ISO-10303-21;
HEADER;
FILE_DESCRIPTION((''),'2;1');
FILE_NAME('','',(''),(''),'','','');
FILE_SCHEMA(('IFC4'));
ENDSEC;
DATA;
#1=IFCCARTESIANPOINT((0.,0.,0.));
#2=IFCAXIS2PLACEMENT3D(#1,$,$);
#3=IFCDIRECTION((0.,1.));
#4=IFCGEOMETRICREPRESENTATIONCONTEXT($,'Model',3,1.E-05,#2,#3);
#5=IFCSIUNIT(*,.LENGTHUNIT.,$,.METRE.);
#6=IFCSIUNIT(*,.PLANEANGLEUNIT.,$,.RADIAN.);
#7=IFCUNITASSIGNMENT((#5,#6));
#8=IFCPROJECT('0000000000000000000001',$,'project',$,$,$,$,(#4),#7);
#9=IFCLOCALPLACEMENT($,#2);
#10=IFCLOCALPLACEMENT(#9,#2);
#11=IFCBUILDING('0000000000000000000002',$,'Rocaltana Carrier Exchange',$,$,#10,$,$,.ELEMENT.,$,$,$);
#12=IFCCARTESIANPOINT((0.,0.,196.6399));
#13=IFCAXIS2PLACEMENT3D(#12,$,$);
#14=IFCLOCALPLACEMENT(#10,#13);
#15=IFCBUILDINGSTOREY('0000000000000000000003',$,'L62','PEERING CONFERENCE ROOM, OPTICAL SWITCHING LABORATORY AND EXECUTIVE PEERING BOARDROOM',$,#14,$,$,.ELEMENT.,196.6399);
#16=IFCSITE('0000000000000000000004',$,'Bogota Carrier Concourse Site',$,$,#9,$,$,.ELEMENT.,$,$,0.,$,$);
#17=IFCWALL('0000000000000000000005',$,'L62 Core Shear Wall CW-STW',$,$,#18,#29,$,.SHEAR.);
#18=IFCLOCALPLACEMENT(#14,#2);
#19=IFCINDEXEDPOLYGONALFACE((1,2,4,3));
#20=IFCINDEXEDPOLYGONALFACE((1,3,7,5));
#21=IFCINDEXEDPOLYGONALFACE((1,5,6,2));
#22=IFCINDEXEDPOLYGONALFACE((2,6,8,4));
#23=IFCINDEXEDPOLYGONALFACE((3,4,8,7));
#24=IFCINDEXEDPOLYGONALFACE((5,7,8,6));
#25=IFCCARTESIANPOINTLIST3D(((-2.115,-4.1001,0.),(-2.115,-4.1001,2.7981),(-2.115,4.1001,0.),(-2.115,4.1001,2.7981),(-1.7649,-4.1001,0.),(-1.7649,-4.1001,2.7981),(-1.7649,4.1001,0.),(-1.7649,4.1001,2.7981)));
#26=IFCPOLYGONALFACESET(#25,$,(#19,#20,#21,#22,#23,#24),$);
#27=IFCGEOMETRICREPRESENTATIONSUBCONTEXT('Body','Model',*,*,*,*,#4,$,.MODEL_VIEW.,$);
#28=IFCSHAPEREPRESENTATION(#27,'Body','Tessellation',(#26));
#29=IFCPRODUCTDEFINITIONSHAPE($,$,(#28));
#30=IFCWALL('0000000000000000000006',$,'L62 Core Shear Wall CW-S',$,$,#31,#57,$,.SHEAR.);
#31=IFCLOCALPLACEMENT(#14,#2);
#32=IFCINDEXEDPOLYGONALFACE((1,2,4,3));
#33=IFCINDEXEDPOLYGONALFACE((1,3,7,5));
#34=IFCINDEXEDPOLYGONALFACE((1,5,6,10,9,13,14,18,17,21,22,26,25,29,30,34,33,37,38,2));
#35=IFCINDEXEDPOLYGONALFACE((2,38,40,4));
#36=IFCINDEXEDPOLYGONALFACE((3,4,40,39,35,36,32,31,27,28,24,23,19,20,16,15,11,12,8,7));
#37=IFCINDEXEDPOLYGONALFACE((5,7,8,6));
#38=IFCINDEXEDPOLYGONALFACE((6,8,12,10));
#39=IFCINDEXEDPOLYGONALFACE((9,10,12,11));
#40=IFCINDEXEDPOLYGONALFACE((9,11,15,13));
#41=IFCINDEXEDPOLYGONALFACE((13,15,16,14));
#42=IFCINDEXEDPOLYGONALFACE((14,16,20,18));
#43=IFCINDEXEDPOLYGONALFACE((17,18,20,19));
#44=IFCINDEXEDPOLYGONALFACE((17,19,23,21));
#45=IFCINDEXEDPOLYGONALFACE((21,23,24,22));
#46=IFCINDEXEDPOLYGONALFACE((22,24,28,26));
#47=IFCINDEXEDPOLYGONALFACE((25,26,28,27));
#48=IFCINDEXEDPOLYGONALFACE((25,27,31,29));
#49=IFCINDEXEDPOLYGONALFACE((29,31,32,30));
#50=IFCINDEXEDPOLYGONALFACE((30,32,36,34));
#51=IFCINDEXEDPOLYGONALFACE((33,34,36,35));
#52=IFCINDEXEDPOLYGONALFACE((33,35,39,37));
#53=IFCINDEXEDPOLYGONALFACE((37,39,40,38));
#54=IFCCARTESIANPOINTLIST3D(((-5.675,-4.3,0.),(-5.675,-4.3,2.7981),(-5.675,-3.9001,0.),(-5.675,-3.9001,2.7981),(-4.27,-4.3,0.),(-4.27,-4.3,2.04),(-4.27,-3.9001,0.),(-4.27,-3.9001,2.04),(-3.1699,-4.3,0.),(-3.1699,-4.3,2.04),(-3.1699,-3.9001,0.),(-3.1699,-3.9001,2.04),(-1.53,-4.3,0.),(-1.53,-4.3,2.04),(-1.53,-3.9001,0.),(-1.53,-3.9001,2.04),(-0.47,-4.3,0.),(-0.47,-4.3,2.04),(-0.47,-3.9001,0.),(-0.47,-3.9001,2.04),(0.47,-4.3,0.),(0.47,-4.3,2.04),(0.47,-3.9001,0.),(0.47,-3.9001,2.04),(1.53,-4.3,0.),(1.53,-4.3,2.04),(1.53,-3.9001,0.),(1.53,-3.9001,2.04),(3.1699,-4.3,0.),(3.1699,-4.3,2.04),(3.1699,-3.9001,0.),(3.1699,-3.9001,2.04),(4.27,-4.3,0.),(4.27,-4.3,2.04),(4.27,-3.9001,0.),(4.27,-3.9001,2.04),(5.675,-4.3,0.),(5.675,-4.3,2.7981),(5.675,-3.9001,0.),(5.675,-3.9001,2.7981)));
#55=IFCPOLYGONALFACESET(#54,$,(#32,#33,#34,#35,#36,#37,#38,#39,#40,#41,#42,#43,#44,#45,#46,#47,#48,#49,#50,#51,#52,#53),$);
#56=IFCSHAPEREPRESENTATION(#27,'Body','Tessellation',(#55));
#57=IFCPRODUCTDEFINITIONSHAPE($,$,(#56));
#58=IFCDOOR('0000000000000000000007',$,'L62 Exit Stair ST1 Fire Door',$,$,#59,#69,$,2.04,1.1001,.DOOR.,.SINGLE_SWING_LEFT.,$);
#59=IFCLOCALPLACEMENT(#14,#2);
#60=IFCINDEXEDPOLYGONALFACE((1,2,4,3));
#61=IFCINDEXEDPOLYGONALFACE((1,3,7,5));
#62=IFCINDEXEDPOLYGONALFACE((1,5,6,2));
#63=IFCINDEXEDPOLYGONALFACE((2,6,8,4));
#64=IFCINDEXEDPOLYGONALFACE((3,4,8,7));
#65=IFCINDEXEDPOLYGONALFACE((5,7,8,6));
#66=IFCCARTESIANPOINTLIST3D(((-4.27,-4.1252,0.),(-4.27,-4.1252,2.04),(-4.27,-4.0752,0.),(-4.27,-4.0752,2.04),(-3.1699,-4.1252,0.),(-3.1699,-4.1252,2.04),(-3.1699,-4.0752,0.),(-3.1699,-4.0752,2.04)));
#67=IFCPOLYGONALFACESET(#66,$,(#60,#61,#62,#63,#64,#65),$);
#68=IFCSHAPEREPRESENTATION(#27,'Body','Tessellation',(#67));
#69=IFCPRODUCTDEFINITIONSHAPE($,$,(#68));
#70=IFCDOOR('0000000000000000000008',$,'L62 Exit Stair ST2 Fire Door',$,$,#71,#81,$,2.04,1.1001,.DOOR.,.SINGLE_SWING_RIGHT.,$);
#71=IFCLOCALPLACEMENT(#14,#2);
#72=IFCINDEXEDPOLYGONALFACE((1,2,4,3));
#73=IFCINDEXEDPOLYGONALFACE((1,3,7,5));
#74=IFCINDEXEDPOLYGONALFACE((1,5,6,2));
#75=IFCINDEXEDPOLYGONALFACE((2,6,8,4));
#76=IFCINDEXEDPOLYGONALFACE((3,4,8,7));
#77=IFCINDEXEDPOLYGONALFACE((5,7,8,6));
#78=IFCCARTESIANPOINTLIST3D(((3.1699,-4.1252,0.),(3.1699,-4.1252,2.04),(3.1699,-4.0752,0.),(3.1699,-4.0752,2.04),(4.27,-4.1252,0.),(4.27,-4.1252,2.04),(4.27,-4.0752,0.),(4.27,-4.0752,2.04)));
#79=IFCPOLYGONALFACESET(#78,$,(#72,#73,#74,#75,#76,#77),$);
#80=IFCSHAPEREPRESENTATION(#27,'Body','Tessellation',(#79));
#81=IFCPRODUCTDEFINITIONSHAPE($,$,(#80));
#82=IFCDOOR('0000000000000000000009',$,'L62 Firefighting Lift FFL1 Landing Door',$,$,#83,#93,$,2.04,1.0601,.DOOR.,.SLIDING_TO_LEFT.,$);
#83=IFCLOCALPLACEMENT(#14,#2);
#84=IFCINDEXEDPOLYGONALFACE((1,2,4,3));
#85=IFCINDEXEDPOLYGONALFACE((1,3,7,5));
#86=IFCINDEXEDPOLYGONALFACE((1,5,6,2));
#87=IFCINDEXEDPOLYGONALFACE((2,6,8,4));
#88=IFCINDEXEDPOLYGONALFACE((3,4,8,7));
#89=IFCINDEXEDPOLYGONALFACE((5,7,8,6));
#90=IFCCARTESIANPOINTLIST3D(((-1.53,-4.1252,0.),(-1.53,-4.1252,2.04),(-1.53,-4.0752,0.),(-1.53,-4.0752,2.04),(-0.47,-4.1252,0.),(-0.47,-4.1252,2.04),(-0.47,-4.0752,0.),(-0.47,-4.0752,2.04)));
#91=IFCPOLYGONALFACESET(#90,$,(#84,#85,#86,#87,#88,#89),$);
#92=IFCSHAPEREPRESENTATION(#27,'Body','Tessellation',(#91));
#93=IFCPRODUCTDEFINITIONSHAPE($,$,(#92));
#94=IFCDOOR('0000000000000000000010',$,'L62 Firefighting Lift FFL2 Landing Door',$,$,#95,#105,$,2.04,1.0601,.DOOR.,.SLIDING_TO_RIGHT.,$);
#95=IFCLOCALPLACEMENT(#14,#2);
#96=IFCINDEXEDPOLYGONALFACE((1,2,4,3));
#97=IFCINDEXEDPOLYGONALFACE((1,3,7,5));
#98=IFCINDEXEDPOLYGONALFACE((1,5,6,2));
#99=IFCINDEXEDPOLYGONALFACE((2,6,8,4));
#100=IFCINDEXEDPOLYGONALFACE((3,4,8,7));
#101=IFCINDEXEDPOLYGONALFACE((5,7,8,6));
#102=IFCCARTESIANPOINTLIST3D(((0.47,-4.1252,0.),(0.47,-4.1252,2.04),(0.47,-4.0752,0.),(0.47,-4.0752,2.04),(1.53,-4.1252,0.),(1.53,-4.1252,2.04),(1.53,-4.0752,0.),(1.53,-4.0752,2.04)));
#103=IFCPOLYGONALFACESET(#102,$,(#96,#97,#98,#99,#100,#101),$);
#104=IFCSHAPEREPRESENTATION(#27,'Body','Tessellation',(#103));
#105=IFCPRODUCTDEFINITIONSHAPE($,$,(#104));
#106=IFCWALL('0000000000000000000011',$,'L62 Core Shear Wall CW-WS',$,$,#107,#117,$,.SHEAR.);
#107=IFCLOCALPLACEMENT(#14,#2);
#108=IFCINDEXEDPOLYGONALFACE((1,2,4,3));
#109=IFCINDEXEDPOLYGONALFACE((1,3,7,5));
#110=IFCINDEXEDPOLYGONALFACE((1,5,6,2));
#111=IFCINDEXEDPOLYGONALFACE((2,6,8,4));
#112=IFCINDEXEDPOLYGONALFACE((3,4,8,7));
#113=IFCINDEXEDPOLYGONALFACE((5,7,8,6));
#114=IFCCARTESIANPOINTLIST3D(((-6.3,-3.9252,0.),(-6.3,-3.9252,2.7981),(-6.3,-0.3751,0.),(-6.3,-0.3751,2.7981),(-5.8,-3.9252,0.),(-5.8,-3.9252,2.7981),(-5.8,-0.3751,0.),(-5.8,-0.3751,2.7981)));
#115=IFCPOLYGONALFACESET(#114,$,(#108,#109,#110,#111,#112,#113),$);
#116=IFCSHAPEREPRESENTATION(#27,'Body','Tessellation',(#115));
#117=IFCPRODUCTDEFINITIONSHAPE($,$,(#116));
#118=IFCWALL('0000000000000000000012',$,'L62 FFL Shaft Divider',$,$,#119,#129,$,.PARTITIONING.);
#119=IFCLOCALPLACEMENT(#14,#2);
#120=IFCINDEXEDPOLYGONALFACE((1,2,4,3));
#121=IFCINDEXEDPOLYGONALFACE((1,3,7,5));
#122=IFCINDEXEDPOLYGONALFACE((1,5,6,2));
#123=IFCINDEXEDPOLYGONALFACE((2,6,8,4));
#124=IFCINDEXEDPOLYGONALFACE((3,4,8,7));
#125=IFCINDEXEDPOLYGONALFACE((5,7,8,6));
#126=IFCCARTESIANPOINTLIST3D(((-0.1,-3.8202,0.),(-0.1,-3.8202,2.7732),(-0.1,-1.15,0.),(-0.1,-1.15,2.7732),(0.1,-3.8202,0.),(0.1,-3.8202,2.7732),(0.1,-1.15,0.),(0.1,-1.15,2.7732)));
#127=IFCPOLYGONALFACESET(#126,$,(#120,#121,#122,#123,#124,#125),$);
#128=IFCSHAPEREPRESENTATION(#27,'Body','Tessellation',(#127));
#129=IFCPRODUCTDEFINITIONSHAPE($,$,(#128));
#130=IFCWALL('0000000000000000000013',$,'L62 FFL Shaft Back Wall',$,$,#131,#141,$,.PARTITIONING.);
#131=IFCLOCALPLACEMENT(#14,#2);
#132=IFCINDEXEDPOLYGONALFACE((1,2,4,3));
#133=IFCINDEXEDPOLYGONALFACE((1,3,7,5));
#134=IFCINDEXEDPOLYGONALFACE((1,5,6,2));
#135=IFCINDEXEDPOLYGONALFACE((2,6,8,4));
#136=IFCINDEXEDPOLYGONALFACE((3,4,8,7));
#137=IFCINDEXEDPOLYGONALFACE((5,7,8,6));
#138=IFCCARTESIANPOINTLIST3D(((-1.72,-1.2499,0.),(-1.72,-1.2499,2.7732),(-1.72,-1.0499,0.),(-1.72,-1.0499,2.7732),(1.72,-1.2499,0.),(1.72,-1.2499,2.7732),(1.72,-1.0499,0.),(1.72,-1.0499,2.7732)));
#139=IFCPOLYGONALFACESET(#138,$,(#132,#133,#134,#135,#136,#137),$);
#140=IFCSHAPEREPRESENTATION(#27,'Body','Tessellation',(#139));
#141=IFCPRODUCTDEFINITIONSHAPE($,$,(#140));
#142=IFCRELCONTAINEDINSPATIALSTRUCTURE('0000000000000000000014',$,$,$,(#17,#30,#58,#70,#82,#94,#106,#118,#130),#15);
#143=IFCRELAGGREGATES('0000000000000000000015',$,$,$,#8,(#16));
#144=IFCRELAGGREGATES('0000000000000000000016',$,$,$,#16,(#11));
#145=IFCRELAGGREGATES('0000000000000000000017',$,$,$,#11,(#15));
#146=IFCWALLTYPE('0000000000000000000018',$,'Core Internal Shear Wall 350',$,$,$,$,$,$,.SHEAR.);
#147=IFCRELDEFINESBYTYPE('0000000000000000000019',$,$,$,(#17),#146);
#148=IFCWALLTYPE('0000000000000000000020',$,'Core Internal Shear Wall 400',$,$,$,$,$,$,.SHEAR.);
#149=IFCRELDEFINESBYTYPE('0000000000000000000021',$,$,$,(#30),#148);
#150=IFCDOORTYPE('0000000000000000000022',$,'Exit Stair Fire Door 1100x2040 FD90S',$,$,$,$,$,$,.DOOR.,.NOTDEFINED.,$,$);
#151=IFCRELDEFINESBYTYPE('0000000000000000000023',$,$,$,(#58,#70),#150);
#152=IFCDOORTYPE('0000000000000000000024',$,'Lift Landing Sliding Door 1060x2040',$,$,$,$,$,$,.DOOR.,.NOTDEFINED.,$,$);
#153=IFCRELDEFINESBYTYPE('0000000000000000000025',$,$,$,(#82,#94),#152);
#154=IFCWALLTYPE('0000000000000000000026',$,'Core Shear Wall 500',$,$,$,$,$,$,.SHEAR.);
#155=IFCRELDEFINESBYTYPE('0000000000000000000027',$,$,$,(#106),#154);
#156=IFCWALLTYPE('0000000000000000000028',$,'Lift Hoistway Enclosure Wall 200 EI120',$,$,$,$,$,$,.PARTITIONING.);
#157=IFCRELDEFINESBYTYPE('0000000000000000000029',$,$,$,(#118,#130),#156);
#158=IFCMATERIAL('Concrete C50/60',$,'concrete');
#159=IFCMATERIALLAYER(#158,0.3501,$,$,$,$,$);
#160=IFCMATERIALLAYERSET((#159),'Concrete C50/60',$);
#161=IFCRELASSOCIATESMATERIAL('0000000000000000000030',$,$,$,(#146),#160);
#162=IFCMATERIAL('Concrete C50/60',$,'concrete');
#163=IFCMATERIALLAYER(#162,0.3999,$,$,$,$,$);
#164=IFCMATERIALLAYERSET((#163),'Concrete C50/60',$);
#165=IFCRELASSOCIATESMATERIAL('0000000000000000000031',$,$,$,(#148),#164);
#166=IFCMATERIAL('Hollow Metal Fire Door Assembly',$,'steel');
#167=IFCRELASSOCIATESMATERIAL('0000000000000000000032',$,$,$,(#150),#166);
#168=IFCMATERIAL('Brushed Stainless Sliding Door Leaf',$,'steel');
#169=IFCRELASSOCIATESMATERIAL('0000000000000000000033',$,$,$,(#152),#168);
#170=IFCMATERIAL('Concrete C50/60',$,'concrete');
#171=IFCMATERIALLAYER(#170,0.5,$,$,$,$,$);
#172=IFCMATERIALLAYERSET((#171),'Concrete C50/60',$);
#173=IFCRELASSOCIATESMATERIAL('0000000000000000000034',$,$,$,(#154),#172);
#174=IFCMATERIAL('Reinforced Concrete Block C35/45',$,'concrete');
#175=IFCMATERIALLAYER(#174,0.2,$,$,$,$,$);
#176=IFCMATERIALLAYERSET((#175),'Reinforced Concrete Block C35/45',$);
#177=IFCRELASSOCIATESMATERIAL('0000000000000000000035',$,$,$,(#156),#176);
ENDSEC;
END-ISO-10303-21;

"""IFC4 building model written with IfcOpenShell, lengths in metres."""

from ifc_helpers import new_model, si_unit, direction, frame, frame_2d, origin, place, context, subcontext, project, spatial, rectangle, extrude, material, layer, layer_set, type_object, element, fill, save


model = new_model("IFC4")

# Units and contexts
model_context = context("Model", 3, precision=1e-05, world=origin(), true_north=direction((0.0, 1.0)))
body_context = subcontext(model_context, "Body", "Model", "MODEL_VIEW")
ifc_project = project(units=[si_unit("LENGTHUNIT", "METRE"), si_unit("PLANEANGLEUNIT", "RADIAN")], contexts=[model_context])

# Site, building, storey
site_placement = place(None, origin())
site = spatial("IfcSite", under=ifc_project, at=site_placement, Name="Bogota Carrier Concourse Site", CompositionType="ELEMENT", RefElevation=0.0)
building_placement = place(site_placement, origin())
building = spatial("IfcBuilding", under=site, at=building_placement, Name="Rocaltana Carrier Exchange", CompositionType="ELEMENT")
storey_placement = place(building_placement, frame((0.0, 0.0, 196.6399)))
storey = spatial("IfcBuildingStorey", under=building, at=storey_placement, Name="L62", Description="PEERING CONFERENCE ROOM, OPTICAL SWITCHING LABORATORY AND EXECUTIVE PEERING BOARDROOM", CompositionType="ELEMENT", Elevation=196.6399)

# Wall
ifc_material_1 = material(Name="Concrete C50/60", Category="concrete")
ifc_layer_1 = layer(ifc_material_1, 0.3501)
ifc_layer_set_1 = layer_set([ifc_layer_1], Name="Concrete C50/60")
wall_type_1 = type_object("IfcWallType", Name="Core Internal Shear Wall 350", PredefinedType="SHEAR", material=ifc_layer_set_1)
wall_1_placement = place(storey_placement, frame((-1.9399, -4.1001, 0.0), z_axis=(0.0, 0.0, 1.0), x_axis=(0.0, 1.0, 0.0)))
element("IfcWall", 1, at=wall_1_placement, inside=storey, type_object=wall_type_1, Name="L62 Core Shear Wall CW-STW", PredefinedType="SHEAR", context=body_context, shape_type="SweptSolid", body=[
    extrude(rectangle(XDim=8.2002, YDim=0.3501, at=frame_2d((4.1001, 0.0))), origin(), (0.0, 0.0, 1.0), 2.7981),
])

# Wall, openings, doors
ifc_material_2 = material(Name="Concrete C50/60", Category="concrete")
ifc_layer_2 = layer(ifc_material_2, 0.3999)
ifc_layer_set_2 = layer_set([ifc_layer_2], Name="Concrete C50/60")
wall_type_2 = type_object("IfcWallType", Name="Core Internal Shear Wall 400", PredefinedType="SHEAR", material=ifc_layer_set_2)
wall_2_placement = place(storey_placement, frame((-5.675, -4.1001, 0.0), z_axis=(0.0, 0.0, 1.0), x_axis=(1.0, 0.0, 0.0)))
wall_2 = element("IfcWall", 2, at=wall_2_placement, inside=storey, type_object=wall_type_2, Name="L62 Core Shear Wall CW-S", PredefinedType="SHEAR", context=body_context, shape_type="SweptSolid", body=[
    extrude(rectangle(XDim=11.3501, YDim=0.3999, at=frame_2d((5.675, 0.0))), origin(), (0.0, 0.0, 1.0), 2.7981),
])
opening_1_placement = place(wall_2_placement, frame((1.405, 0.0, 0.0)))
opening_1 = element("IfcOpeningElement", 3, at=opening_1_placement, cuts=wall_2, PredefinedType="OPENING", context=body_context, shape_type="SweptSolid", body=[
    extrude(rectangle(XDim=1.1001, YDim=2.04, at=frame_2d((0.55, 1.02))), frame((0.0, 0.21, 0.0), z_axis=(0.0, -1.0, 0.0), x_axis=(1.0, 0.0, 0.0)), (0.0, 0.0, 1.0), 0.4199),
])
opening_2_placement = place(wall_2_placement, frame((8.845, 0.0, 0.0)))
opening_2 = element("IfcOpeningElement", 4, at=opening_2_placement, cuts=wall_2, PredefinedType="OPENING", context=body_context, shape_type="SweptSolid", body=[
    extrude(rectangle(XDim=1.1001, YDim=2.04, at=frame_2d((0.55, 1.02))), frame((0.0, 0.21, 0.0), z_axis=(0.0, -1.0, 0.0), x_axis=(1.0, 0.0, 0.0)), (0.0, 0.0, 1.0), 0.4199),
])
opening_3_placement = place(wall_2_placement, frame((4.145, 0.0, 0.0)))
opening_3 = element("IfcOpeningElement", 5, at=opening_3_placement, cuts=wall_2, PredefinedType="OPENING", context=body_context, shape_type="SweptSolid", body=[
    extrude(rectangle(XDim=1.0601, YDim=2.04, at=frame_2d((0.53, 1.02))), frame((0.0, 0.21, 0.0), z_axis=(0.0, -1.0, 0.0), x_axis=(1.0, 0.0, 0.0)), (0.0, 0.0, 1.0), 0.4199),
])
opening_4_placement = place(wall_2_placement, frame((6.145, 0.0, 0.0)))
opening_4 = element("IfcOpeningElement", 6, at=opening_4_placement, cuts=wall_2, PredefinedType="OPENING", context=body_context, shape_type="SweptSolid", body=[
    extrude(rectangle(XDim=1.0601, YDim=2.04, at=frame_2d((0.53, 1.02))), frame((0.0, 0.21, 0.0), z_axis=(0.0, -1.0, 0.0), x_axis=(1.0, 0.0, 0.0)), (0.0, 0.0, 1.0), 0.4199),
])
ifc_material_3 = material(Name="Hollow Metal Fire Door Assembly", Category="steel")
door_type_1 = type_object("IfcDoorType", Name="Exit Stair Fire Door 1100x2040 FD90S", OperationType="NOTDEFINED", PredefinedType="DOOR", material=ifc_material_3)
door_1_placement = place(opening_1_placement, origin())
door_1 = element("IfcDoor", 7, at=door_1_placement, inside=storey, type_object=door_type_1, Name="L62 Exit Stair ST1 Fire Door", OperationType="SINGLE_SWING_LEFT", OverallHeight=2.04, OverallWidth=1.1001, PredefinedType="DOOR", context=body_context, shape_type="SweptSolid", body=[
    extrude(rectangle(XDim=1.1001, YDim=2.04, at=frame_2d((0.55, 1.02))), frame((0.0, 0.0249, 0.0), z_axis=(0.0, -1.0, 0.0), x_axis=(1.0, 0.0, 0.0)), (0.0, 0.0, 1.0), 0.05),
])
fill(opening_1, door_1)
door_2_placement = place(opening_2_placement, origin())
door_2 = element("IfcDoor", 8, at=door_2_placement, inside=storey, type_object=door_type_1, Name="L62 Exit Stair ST2 Fire Door", OperationType="SINGLE_SWING_RIGHT", OverallHeight=2.04, OverallWidth=1.1001, PredefinedType="DOOR", context=body_context, shape_type="SweptSolid", body=[
    extrude(rectangle(XDim=1.1001, YDim=2.04, at=frame_2d((0.55, 1.02))), frame((0.0, 0.0249, 0.0), z_axis=(0.0, -1.0, 0.0), x_axis=(1.0, 0.0, 0.0)), (0.0, 0.0, 1.0), 0.05),
])
fill(opening_2, door_2)
ifc_material_4 = material(Name="Brushed Stainless Sliding Door Leaf", Category="steel")
door_type_2 = type_object("IfcDoorType", Name="Lift Landing Sliding Door 1060x2040", OperationType="NOTDEFINED", PredefinedType="DOOR", material=ifc_material_4)
door_3_placement = place(opening_3_placement, origin())
door_3 = element("IfcDoor", 9, at=door_3_placement, inside=storey, type_object=door_type_2, Name="L62 Firefighting Lift FFL1 Landing Door", OperationType="SLIDING_TO_LEFT", OverallHeight=2.04, OverallWidth=1.0601, PredefinedType="DOOR", context=body_context, shape_type="SweptSolid", body=[
    extrude(rectangle(XDim=1.0601, YDim=2.04, at=frame_2d((0.53, 1.02))), frame((0.0, 0.0249, 0.0), z_axis=(0.0, -1.0, 0.0), x_axis=(1.0, 0.0, 0.0)), (0.0, 0.0, 1.0), 0.05),
])
fill(opening_3, door_3)
door_4_placement = place(opening_4_placement, origin())
door_4 = element("IfcDoor", 10, at=door_4_placement, inside=storey, type_object=door_type_2, Name="L62 Firefighting Lift FFL2 Landing Door", OperationType="SLIDING_TO_RIGHT", OverallHeight=2.04, OverallWidth=1.0601, PredefinedType="DOOR", context=body_context, shape_type="SweptSolid", body=[
    extrude(rectangle(XDim=1.0601, YDim=2.04, at=frame_2d((0.53, 1.02))), frame((0.0, 0.0249, 0.0), z_axis=(0.0, -1.0, 0.0), x_axis=(1.0, 0.0, 0.0)), (0.0, 0.0, 1.0), 0.05),
])
fill(opening_4, door_4)

# Walls
ifc_material_5 = material(Name="Concrete C50/60", Category="concrete")
ifc_layer_3 = layer(ifc_material_5, 0.5)
ifc_layer_set_3 = layer_set([ifc_layer_3], Name="Concrete C50/60")
wall_type_3 = type_object("IfcWallType", Name="Core Shear Wall 500", PredefinedType="SHEAR", material=ifc_layer_set_3)
wall_3_placement = place(storey_placement, frame((-6.05, -3.925, 0.0), z_axis=(0.0, 0.0, 1.0), x_axis=(0.0, 1.0, 0.0)))
element("IfcWall", 11, at=wall_3_placement, inside=storey, type_object=wall_type_3, Name="L62 Core Shear Wall CW-WS", PredefinedType="SHEAR", context=body_context, shape_type="SweptSolid", body=[
    extrude(rectangle(XDim=3.55, YDim=0.5, at=frame_2d((1.7749, 0.0))), origin(), (0.0, 0.0, 1.0), 2.7981),
])
ifc_material_6 = material(Name="Reinforced Concrete Block C35/45", Category="concrete")
ifc_layer_4 = layer(ifc_material_6, 0.2)
ifc_layer_set_4 = layer_set([ifc_layer_4], Name="Reinforced Concrete Block C35/45")
wall_type_4 = type_object("IfcWallType", Name="Lift Hoistway Enclosure Wall 200 EI120", PredefinedType="PARTITIONING", material=ifc_layer_set_4)
wall_4_placement = place(storey_placement, frame((0.0, -3.8201, 0.0), z_axis=(0.0, 0.0, 1.0), x_axis=(0.0, 1.0, 0.0)))
element("IfcWall", 12, at=wall_4_placement, inside=storey, type_object=wall_type_4, Name="L62 FFL Shaft Divider", PredefinedType="PARTITIONING", context=body_context, shape_type="SweptSolid", body=[
    extrude(rectangle(XDim=2.6702, YDim=0.2, at=frame_2d((1.335, 0.0))), origin(), (0.0, 0.0, 1.0), 2.7732),
])
wall_5_placement = place(storey_placement, frame((-1.72, -1.1499, 0.0), z_axis=(0.0, 0.0, 1.0), x_axis=(1.0, 0.0, 0.0)))
element("IfcWall", 13, at=wall_5_placement, inside=storey, type_object=wall_type_4, Name="L62 FFL Shaft Back Wall", PredefinedType="PARTITIONING", context=body_context, shape_type="SweptSolid", body=[
    extrude(rectangle(XDim=3.4399, YDim=0.2, at=frame_2d((1.72, 0.0))), origin(), (0.0, 0.0, 1.0), 2.7732),
])

save(model, "model.ifc")
